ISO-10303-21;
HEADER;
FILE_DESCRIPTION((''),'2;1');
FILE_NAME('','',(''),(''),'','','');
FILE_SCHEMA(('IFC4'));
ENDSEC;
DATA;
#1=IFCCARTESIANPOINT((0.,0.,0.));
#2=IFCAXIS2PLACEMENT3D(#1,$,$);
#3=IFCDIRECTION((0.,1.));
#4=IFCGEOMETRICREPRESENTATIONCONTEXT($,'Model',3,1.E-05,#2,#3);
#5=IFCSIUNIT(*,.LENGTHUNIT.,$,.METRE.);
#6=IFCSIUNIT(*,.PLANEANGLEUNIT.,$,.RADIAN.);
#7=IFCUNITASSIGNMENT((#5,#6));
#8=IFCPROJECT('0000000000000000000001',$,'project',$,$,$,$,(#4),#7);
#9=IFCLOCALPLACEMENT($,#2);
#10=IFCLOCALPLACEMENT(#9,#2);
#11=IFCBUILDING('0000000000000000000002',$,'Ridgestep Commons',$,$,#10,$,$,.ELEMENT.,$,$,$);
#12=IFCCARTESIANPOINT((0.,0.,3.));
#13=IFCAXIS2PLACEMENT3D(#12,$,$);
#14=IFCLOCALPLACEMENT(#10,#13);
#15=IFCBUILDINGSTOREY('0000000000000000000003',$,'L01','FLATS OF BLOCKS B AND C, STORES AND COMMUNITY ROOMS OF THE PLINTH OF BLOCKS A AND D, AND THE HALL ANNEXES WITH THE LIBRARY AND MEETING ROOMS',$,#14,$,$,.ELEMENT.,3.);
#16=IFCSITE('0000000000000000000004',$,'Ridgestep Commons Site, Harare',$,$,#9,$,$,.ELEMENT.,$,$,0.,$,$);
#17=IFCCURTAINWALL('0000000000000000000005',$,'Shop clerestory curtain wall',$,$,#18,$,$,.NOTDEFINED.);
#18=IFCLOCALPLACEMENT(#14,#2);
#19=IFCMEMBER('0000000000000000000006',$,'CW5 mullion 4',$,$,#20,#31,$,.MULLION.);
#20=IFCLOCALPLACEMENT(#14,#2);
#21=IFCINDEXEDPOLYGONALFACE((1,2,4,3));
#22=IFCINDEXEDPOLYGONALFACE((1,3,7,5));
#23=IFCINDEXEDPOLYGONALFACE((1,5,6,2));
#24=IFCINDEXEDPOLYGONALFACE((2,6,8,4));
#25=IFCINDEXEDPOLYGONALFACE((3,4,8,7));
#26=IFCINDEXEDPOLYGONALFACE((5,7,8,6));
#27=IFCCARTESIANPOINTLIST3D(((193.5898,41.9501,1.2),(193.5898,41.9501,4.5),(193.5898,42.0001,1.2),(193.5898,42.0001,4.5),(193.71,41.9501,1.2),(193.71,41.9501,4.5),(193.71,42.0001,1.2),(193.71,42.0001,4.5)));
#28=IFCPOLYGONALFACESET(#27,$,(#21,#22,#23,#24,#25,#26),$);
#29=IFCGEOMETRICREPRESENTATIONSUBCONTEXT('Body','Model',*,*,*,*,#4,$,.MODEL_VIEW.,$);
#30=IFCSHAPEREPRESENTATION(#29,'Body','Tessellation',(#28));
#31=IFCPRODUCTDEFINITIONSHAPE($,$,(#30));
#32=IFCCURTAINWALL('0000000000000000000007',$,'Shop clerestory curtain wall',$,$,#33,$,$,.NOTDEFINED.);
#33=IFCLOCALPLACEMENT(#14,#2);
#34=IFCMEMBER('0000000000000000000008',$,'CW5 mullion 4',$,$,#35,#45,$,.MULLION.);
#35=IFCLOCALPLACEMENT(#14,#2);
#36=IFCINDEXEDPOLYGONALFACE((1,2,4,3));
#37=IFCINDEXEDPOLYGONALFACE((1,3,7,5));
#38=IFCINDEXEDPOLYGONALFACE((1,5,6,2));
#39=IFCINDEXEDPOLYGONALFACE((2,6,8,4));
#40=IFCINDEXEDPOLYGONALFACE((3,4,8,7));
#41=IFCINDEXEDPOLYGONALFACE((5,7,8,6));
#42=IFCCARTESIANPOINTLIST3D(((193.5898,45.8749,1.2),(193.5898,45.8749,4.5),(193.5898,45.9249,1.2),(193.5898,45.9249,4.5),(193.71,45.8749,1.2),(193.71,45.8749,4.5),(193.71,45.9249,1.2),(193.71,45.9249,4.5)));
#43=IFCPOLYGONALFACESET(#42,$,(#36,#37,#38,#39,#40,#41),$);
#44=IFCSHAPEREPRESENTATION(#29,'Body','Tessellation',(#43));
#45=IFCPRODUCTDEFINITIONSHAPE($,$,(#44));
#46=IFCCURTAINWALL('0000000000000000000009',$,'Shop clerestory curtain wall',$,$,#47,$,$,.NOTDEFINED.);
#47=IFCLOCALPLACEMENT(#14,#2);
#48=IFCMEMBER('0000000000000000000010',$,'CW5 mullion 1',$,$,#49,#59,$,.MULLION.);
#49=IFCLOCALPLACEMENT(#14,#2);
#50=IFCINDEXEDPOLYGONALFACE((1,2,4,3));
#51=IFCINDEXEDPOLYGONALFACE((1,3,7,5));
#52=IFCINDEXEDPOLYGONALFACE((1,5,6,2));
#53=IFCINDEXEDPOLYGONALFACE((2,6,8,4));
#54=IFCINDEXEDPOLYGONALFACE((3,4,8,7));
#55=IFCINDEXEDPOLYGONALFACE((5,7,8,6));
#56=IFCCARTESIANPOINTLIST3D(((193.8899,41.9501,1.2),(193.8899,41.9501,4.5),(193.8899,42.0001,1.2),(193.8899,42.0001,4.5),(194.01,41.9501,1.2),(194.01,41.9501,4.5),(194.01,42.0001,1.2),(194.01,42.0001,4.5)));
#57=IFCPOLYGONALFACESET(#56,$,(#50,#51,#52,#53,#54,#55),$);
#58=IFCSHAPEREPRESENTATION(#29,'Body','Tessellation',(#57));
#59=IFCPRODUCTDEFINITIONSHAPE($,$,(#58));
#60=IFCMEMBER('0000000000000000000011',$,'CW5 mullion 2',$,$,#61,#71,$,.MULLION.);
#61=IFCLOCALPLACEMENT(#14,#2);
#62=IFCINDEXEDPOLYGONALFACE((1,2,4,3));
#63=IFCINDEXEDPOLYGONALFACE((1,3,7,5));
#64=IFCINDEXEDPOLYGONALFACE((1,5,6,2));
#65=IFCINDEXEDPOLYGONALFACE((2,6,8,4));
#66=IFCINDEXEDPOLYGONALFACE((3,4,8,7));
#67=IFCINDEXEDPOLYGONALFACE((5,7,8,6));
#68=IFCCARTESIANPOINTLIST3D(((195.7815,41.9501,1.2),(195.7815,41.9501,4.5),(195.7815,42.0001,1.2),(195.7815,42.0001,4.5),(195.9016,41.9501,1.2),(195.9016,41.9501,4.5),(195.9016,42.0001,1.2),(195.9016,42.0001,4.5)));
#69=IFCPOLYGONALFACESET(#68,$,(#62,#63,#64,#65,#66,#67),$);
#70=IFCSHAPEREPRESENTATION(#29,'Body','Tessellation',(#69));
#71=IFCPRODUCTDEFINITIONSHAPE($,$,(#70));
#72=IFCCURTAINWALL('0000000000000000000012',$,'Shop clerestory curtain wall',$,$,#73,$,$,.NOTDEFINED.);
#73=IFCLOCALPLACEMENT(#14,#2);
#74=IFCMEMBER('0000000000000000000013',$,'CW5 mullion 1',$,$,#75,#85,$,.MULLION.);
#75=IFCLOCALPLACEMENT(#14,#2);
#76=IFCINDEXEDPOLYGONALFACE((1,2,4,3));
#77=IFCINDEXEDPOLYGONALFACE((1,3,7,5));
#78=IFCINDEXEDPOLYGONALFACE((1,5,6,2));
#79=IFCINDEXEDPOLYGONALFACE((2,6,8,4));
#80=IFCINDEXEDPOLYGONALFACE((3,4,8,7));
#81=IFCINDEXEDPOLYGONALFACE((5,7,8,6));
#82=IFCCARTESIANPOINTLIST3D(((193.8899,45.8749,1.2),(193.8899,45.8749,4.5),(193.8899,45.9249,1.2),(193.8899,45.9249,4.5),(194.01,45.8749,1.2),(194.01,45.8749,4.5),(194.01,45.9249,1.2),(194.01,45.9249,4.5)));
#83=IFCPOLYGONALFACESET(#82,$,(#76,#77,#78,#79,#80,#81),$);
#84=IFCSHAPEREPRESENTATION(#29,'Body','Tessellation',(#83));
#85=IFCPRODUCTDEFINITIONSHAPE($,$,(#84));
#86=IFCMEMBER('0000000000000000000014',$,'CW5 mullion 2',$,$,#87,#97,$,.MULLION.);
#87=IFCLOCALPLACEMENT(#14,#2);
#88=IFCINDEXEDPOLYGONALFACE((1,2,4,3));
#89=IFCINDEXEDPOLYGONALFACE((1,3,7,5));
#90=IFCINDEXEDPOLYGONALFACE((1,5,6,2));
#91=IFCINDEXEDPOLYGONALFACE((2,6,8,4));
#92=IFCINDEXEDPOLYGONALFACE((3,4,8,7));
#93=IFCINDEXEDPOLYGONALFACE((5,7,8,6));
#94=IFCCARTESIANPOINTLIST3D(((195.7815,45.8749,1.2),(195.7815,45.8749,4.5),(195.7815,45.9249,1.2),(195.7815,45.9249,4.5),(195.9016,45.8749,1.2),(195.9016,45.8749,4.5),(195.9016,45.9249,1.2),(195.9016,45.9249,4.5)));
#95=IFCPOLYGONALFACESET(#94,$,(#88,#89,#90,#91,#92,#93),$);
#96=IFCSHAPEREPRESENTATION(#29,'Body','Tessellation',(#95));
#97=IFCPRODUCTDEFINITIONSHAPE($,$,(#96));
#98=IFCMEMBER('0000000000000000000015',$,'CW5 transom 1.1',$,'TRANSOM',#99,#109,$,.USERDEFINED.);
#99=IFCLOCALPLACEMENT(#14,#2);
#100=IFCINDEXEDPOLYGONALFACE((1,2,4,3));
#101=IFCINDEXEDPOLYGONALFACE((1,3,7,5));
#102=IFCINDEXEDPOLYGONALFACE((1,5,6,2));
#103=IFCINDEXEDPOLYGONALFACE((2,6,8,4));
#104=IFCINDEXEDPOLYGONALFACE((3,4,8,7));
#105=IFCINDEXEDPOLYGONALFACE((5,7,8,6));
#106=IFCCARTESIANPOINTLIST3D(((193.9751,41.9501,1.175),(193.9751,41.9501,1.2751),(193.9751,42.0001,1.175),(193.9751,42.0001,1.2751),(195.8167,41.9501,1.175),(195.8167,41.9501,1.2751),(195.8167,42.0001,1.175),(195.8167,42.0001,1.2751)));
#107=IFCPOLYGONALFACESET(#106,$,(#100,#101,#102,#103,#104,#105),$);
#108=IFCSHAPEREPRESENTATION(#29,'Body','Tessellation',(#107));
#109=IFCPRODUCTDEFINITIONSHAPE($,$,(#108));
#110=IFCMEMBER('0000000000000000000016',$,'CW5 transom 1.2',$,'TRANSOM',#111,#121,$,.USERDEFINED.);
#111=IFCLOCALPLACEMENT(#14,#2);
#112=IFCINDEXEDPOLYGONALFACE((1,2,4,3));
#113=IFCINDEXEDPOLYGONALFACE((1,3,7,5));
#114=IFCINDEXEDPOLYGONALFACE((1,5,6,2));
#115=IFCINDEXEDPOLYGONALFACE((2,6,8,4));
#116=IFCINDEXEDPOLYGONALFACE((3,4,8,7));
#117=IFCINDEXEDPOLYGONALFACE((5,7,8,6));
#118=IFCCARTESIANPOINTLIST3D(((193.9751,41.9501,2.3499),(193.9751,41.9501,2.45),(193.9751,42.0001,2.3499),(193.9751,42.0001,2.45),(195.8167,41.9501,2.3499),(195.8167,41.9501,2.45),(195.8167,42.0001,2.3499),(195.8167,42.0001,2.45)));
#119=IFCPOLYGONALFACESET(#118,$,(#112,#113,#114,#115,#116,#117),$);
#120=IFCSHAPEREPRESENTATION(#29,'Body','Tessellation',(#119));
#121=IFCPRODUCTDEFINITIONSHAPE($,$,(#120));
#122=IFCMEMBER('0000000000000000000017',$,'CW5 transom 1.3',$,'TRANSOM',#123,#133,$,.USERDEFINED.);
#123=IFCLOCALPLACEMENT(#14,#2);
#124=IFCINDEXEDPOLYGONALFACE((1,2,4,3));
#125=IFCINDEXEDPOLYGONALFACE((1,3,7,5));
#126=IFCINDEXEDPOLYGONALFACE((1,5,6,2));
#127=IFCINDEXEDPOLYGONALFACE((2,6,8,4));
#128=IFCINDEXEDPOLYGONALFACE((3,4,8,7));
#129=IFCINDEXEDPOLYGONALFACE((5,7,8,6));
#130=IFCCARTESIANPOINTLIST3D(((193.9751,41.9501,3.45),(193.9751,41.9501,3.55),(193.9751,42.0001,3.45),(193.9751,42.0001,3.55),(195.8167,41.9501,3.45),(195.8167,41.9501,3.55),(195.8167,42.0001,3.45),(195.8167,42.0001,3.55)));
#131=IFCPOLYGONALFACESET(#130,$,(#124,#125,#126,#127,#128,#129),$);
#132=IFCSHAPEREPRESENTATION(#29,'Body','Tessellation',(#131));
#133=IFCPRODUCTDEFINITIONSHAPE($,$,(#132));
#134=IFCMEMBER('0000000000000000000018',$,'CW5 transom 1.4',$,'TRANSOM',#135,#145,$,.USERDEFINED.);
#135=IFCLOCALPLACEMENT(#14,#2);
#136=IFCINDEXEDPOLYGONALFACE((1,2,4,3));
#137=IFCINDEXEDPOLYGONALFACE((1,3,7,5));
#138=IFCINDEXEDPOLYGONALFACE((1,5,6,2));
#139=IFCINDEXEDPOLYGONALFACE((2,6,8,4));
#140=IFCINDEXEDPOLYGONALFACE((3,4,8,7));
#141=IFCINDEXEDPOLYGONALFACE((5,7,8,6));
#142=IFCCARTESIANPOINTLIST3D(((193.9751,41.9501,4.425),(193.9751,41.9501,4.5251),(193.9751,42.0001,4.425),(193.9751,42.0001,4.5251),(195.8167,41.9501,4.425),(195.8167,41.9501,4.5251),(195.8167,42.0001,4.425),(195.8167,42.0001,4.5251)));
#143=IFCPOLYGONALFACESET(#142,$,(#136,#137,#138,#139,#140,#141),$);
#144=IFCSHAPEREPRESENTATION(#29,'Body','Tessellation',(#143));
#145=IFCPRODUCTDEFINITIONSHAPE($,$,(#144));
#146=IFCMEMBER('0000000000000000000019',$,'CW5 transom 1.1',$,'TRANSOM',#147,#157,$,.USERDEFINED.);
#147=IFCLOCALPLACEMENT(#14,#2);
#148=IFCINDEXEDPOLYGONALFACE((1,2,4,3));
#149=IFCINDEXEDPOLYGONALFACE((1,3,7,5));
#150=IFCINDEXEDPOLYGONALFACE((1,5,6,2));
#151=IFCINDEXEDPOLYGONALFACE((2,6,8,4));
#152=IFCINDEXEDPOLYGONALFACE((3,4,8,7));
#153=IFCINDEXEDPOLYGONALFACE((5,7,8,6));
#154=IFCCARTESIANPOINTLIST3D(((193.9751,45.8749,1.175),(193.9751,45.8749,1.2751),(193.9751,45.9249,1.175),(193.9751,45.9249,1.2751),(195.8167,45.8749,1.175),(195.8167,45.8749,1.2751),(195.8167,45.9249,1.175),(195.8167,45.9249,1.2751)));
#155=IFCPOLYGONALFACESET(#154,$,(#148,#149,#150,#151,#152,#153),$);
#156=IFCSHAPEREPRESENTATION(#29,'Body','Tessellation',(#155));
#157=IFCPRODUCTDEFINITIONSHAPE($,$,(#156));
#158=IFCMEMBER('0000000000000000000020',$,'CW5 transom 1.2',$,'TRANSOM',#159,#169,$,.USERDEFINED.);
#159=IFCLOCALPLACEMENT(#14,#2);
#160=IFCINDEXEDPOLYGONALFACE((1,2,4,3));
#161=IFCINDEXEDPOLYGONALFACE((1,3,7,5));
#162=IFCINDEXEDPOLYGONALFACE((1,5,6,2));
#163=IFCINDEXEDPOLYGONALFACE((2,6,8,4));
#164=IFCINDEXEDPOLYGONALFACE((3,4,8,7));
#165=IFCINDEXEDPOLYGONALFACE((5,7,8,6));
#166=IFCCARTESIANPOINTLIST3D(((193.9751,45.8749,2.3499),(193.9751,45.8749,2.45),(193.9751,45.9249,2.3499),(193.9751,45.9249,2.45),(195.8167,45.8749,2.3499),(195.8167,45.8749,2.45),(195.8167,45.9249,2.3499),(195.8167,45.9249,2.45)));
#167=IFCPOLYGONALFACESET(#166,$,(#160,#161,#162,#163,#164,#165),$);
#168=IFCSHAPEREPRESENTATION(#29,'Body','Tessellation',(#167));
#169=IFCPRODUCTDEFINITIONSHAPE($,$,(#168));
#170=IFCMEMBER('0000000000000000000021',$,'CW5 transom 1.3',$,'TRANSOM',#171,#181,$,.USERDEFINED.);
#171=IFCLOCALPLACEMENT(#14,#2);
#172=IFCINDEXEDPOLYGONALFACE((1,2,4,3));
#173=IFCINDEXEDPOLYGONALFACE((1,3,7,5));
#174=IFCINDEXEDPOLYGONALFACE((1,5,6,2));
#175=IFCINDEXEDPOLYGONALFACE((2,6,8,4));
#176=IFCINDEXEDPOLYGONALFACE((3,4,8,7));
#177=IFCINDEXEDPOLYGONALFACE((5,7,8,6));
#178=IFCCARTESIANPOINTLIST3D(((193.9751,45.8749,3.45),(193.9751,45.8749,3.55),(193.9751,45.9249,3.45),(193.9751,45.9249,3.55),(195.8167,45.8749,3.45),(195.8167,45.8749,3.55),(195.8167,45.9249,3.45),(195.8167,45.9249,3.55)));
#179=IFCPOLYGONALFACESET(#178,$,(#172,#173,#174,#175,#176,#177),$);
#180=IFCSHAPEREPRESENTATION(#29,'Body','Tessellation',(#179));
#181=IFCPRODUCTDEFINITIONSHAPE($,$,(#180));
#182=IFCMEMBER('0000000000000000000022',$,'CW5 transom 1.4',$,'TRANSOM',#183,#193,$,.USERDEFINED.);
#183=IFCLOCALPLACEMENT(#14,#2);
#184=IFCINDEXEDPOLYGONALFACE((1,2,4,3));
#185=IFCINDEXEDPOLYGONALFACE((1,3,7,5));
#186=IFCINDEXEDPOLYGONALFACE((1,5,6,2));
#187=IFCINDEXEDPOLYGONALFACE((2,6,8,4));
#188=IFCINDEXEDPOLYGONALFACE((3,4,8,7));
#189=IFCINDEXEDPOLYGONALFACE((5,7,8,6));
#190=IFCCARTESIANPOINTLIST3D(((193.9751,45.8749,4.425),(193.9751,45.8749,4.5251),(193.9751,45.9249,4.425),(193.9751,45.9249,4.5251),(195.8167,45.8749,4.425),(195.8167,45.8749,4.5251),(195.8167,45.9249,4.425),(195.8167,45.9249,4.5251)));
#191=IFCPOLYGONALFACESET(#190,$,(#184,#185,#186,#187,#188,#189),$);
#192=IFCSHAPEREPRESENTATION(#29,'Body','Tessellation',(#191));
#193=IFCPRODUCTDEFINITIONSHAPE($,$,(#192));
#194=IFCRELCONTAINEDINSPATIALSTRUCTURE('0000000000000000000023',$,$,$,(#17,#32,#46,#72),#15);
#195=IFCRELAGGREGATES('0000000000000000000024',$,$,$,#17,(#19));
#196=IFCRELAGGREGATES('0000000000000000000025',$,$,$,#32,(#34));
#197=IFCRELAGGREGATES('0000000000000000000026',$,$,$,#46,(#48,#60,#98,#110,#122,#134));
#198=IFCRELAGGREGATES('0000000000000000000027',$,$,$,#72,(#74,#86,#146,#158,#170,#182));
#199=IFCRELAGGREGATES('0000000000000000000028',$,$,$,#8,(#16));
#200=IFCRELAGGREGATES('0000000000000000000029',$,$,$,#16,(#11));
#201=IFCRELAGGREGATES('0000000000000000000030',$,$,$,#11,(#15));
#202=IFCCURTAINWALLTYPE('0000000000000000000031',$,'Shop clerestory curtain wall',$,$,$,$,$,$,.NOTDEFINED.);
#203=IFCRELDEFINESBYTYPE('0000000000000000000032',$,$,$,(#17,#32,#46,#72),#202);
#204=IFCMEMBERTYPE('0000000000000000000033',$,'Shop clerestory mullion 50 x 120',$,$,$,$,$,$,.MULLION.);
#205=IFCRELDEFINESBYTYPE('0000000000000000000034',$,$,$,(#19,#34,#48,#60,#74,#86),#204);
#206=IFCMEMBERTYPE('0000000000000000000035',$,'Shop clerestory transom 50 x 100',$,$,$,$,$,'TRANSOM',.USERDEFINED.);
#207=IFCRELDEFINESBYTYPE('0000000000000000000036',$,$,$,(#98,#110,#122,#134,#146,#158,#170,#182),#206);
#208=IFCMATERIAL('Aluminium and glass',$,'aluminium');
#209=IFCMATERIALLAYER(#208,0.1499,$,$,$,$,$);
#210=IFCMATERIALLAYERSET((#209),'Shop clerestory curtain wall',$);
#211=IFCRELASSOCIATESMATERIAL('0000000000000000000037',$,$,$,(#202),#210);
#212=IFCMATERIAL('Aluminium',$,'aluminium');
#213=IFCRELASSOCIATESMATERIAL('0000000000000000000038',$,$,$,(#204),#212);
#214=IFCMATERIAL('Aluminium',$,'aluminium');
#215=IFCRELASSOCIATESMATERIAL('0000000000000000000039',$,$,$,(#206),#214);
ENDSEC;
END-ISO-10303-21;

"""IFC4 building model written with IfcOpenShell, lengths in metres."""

from ifc_helpers import new_model, si_unit, direction, frame, origin, origin_2d, place, context, subcontext, project, spatial, rectangle, extrude, material, layer, layer_set, material_profile, profile_set, type_object, element, aggregate, save


model = new_model("IFC4")

# Units and contexts
model_context = context("Model", 3, precision=1e-05, world=origin(), true_north=direction((0.0, 1.0)))
body_context = subcontext(model_context, "Body", "Model", "MODEL_VIEW")
ifc_project = project(units=[si_unit("LENGTHUNIT", "METRE"), si_unit("PLANEANGLEUNIT", "RADIAN")], contexts=[model_context])

# Site, building, storey
site_placement = place(None, origin())
site = spatial("IfcSite", under=ifc_project, at=site_placement, Name="Ridgestep Commons Site, Harare", CompositionType="ELEMENT", RefElevation=0.0)
building_placement = place(site_placement, origin())
building = spatial("IfcBuilding", under=site, at=building_placement, Name="Ridgestep Commons", CompositionType="ELEMENT")
storey_placement = place(building_placement, frame((0.0, 0.0, 3.0)))
storey = spatial("IfcBuildingStorey", under=building, at=storey_placement, Name="L01", Description="FLATS OF BLOCKS B AND C, STORES AND COMMUNITY ROOMS OF THE PLINTH OF BLOCKS A AND D, AND THE HALL ANNEXES WITH THE LIBRARY AND MEETING ROOMS", CompositionType="ELEMENT", Elevation=3.0)

# Curtain walls, members
ifc_material_1 = material(Name="Aluminium and glass", Category="aluminium")
ifc_layer_1 = layer(ifc_material_1, 0.1499)
ifc_layer_set_1 = layer_set([ifc_layer_1], Name="Shop clerestory curtain wall")
curtain_wall_type = type_object("IfcCurtainWallType", Name="Shop clerestory curtain wall", PredefinedType="NOTDEFINED", material=ifc_layer_set_1)
curtain_wall_1_placement = place(storey_placement, origin())
curtain_wall_1 = element("IfcCurtainWall", 1, at=curtain_wall_1_placement, inside=storey, type_object=curtain_wall_type, Name="Shop clerestory curtain wall", PredefinedType="NOTDEFINED")
ifc_material_2 = material(Name="Aluminium", Category="aluminium")
ifc_material_profile_1 = material_profile(ifc_material_2, rectangle(XDim=0.05, YDim=0.1201, at=origin_2d()), Name="Shop clerestory mullion 50 x 120")
ifc_profile_set_1 = profile_set([ifc_material_profile_1], Name="Aluminium")
member_type_1 = type_object("IfcMemberType", Name="Shop clerestory mullion 50 x 120", PredefinedType="MULLION", material=ifc_profile_set_1)
member_1_placement = place(storey_placement, frame((193.6499, 41.9751, 1.2), z_axis=(0.0, 0.0, 1.0), x_axis=(0.0, 1.0, 0.0)))
member_1 = element("IfcMember", 2, at=member_1_placement, type_object=member_type_1, Name="CW5 mullion 4", PredefinedType="MULLION", context=body_context, shape_type="SweptSolid", body=[
    extrude(rectangle(XDim=0.05, YDim=0.1201, at=origin_2d()), origin(), (0.0, 0.0, 1.0), 3.3),
])
aggregate(curtain_wall_1, [member_1])
curtain_wall_2_placement = place(storey_placement, origin())
curtain_wall_2 = element("IfcCurtainWall", 3, at=curtain_wall_2_placement, inside=storey, type_object=curtain_wall_type, Name="Shop clerestory curtain wall", PredefinedType="NOTDEFINED")
member_2_placement = place(storey_placement, frame((193.6499, 45.8999, 1.2), z_axis=(0.0, 0.0, 1.0), x_axis=(0.0, 1.0, 0.0)))
member_2 = element("IfcMember", 4, at=member_2_placement, type_object=member_type_1, Name="CW5 mullion 4", PredefinedType="MULLION", context=body_context, shape_type="SweptSolid", body=[
    extrude(rectangle(XDim=0.05, YDim=0.1201, at=origin_2d()), origin(), (0.0, 0.0, 1.0), 3.3),
])

# Curtain walls, members
curtain_wall_3_placement = place(storey_placement, origin())
curtain_wall_3 = element("IfcCurtainWall", 5, at=curtain_wall_3_placement, inside=storey, type_object=curtain_wall_type, Name="Shop clerestory curtain wall", PredefinedType="NOTDEFINED")
member_3_placement = place(storey_placement, frame((193.95, 41.9751, 1.2), z_axis=(0.0, 0.0, 1.0), x_axis=(0.0, 1.0, 0.0)))
member_3 = element("IfcMember", 6, at=member_3_placement, type_object=member_type_1, Name="CW5 mullion 1", PredefinedType="MULLION", context=body_context, shape_type="SweptSolid", body=[
    extrude(rectangle(XDim=0.05, YDim=0.1201, at=origin_2d()), origin(), (0.0, 0.0, 1.0), 3.3),
])
member_4_placement = place(storey_placement, frame((195.8416, 41.9751, 1.2), z_axis=(0.0, 0.0, 1.0), x_axis=(0.0, 1.0, 0.0)))
member_4 = element("IfcMember", 7, at=member_4_placement, type_object=member_type_1, Name="CW5 mullion 2", PredefinedType="MULLION", context=body_context, shape_type="SweptSolid", body=[
    extrude(rectangle(XDim=0.05, YDim=0.1201, at=origin_2d()), origin(), (0.0, 0.0, 1.0), 3.3),
])
curtain_wall_4_placement = place(storey_placement, origin())
curtain_wall_4 = element("IfcCurtainWall", 8, at=curtain_wall_4_placement, inside=storey, type_object=curtain_wall_type, Name="Shop clerestory curtain wall", PredefinedType="NOTDEFINED")
member_5_placement = place(storey_placement, frame((193.95, 45.8999, 1.2), z_axis=(0.0, 0.0, 1.0), x_axis=(0.0, 1.0, 0.0)))
member_5 = element("IfcMember", 9, at=member_5_placement, type_object=member_type_1, Name="CW5 mullion 1", PredefinedType="MULLION", context=body_context, shape_type="SweptSolid", body=[
    extrude(rectangle(XDim=0.05, YDim=0.1201, at=origin_2d()), origin(), (0.0, 0.0, 1.0), 3.3),
])
member_6_placement = place(storey_placement, frame((195.8416, 45.8999, 1.2), z_axis=(0.0, 0.0, 1.0), x_axis=(0.0, 1.0, 0.0)))
member_6 = element("IfcMember", 10, at=member_6_placement, type_object=member_type_1, Name="CW5 mullion 2", PredefinedType="MULLION", context=body_context, shape_type="SweptSolid", body=[
    extrude(rectangle(XDim=0.05, YDim=0.1201, at=origin_2d()), origin(), (0.0, 0.0, 1.0), 3.3),
])

# Members
ifc_material_3 = material(Name="Aluminium", Category="aluminium")
ifc_material_profile_2 = material_profile(ifc_material_3, rectangle(XDim=0.05, YDim=0.1001, at=origin_2d()), Name="Shop clerestory transom 50 x 100")
ifc_profile_set_2 = profile_set([ifc_material_profile_2], Name="Aluminium")
member_type_2 = type_object("IfcMemberType", Name="Shop clerestory transom 50 x 100", ElementType="TRANSOM", PredefinedType="USERDEFINED", material=ifc_profile_set_2)
member_7_placement = place(storey_placement, frame((193.9751, 41.9751, 1.2251), z_axis=(1.0, 0.0, 0.0), x_axis=(0.0, 1.0, 0.0)))
member_7 = element("IfcMember", 11, at=member_7_placement, type_object=member_type_2, Name="CW5 transom 1.1", ObjectType="TRANSOM", PredefinedType="USERDEFINED", context=body_context, shape_type="SweptSolid", body=[
    extrude(rectangle(XDim=0.05, YDim=0.1001, at=origin_2d()), origin(), (0.0, 0.0, 1.0), 1.8416),
])
member_8_placement = place(storey_placement, frame((193.9751, 41.9751, 2.3999), z_axis=(1.0, 0.0, 0.0), x_axis=(0.0, 1.0, 0.0)))
member_8 = element("IfcMember", 12, at=member_8_placement, type_object=member_type_2, Name="CW5 transom 1.2", ObjectType="TRANSOM", PredefinedType="USERDEFINED", context=body_context, shape_type="SweptSolid", body=[
    extrude(rectangle(XDim=0.05, YDim=0.1001, at=origin_2d()), origin(), (0.0, 0.0, 1.0), 1.8416),
])
member_9_placement = place(storey_placement, frame((193.9751, 41.9751, 3.5), z_axis=(1.0, 0.0, 0.0), x_axis=(0.0, 1.0, 0.0)))
member_9 = element("IfcMember", 13, at=member_9_placement, type_object=member_type_2, Name="CW5 transom 1.3", ObjectType="TRANSOM", PredefinedType="USERDEFINED", context=body_context, shape_type="SweptSolid", body=[
    extrude(rectangle(XDim=0.05, YDim=0.1001, at=origin_2d()), origin(), (0.0, 0.0, 1.0), 1.8416),
])
member_10_placement = place(storey_placement, frame((193.9751, 41.9751, 4.4751), z_axis=(1.0, 0.0, 0.0), x_axis=(0.0, 1.0, 0.0)))
member_10 = element("IfcMember", 14, at=member_10_placement, type_object=member_type_2, Name="CW5 transom 1.4", ObjectType="TRANSOM", PredefinedType="USERDEFINED", context=body_context, shape_type="SweptSolid", body=[
    extrude(rectangle(XDim=0.05, YDim=0.1001, at=origin_2d()), origin(), (0.0, 0.0, 1.0), 1.8416),
])
member_11_placement = place(storey_placement, frame((193.9751, 45.8999, 1.2251), z_axis=(1.0, 0.0, 0.0), x_axis=(0.0, 1.0, 0.0)))
member_11 = element("IfcMember", 15, at=member_11_placement, type_object=member_type_2, Name="CW5 transom 1.1", ObjectType="TRANSOM", PredefinedType="USERDEFINED", context=body_context, shape_type="SweptSolid", body=[
    extrude(rectangle(XDim=0.05, YDim=0.1001, at=origin_2d()), origin(), (0.0, 0.0, 1.0), 1.8416),
])
member_12_placement = place(storey_placement, frame((193.9751, 45.8999, 2.3999), z_axis=(1.0, 0.0, 0.0), x_axis=(0.0, 1.0, 0.0)))
member_12 = element("IfcMember", 16, at=member_12_placement, type_object=member_type_2, Name="CW5 transom 1.2", ObjectType="TRANSOM", PredefinedType="USERDEFINED", context=body_context, shape_type="SweptSolid", body=[
    extrude(rectangle(XDim=0.05, YDim=0.1001, at=origin_2d()), origin(), (0.0, 0.0, 1.0), 1.8416),
])
member_13_placement = place(storey_placement, frame((193.9751, 45.8999, 3.5), z_axis=(1.0, 0.0, 0.0), x_axis=(0.0, 1.0, 0.0)))
member_13 = element("IfcMember", 17, at=member_13_placement, type_object=member_type_2, Name="CW5 transom 1.3", ObjectType="TRANSOM", PredefinedType="USERDEFINED", context=body_context, shape_type="SweptSolid", body=[
    extrude(rectangle(XDim=0.05, YDim=0.1001, at=origin_2d()), origin(), (0.0, 0.0, 1.0), 1.8416),
])
member_14_placement = place(storey_placement, frame((193.9751, 45.8999, 4.4751), z_axis=(1.0, 0.0, 0.0), x_axis=(0.0, 1.0, 0.0)))
member_14 = element("IfcMember", 18, at=member_14_placement, type_object=member_type_2, Name="CW5 transom 1.4", ObjectType="TRANSOM", PredefinedType="USERDEFINED", context=body_context, shape_type="SweptSolid", body=[
    extrude(rectangle(XDim=0.05, YDim=0.1001, at=origin_2d()), origin(), (0.0, 0.0, 1.0), 1.8416),
])

aggregate(curtain_wall_2, [member_2])
aggregate(curtain_wall_3, [member_3, member_4, member_7, member_8, member_9, member_10])
aggregate(curtain_wall_4, [member_5, member_6, member_11, member_12, member_13, member_14])

save(model, "model.ifc")
